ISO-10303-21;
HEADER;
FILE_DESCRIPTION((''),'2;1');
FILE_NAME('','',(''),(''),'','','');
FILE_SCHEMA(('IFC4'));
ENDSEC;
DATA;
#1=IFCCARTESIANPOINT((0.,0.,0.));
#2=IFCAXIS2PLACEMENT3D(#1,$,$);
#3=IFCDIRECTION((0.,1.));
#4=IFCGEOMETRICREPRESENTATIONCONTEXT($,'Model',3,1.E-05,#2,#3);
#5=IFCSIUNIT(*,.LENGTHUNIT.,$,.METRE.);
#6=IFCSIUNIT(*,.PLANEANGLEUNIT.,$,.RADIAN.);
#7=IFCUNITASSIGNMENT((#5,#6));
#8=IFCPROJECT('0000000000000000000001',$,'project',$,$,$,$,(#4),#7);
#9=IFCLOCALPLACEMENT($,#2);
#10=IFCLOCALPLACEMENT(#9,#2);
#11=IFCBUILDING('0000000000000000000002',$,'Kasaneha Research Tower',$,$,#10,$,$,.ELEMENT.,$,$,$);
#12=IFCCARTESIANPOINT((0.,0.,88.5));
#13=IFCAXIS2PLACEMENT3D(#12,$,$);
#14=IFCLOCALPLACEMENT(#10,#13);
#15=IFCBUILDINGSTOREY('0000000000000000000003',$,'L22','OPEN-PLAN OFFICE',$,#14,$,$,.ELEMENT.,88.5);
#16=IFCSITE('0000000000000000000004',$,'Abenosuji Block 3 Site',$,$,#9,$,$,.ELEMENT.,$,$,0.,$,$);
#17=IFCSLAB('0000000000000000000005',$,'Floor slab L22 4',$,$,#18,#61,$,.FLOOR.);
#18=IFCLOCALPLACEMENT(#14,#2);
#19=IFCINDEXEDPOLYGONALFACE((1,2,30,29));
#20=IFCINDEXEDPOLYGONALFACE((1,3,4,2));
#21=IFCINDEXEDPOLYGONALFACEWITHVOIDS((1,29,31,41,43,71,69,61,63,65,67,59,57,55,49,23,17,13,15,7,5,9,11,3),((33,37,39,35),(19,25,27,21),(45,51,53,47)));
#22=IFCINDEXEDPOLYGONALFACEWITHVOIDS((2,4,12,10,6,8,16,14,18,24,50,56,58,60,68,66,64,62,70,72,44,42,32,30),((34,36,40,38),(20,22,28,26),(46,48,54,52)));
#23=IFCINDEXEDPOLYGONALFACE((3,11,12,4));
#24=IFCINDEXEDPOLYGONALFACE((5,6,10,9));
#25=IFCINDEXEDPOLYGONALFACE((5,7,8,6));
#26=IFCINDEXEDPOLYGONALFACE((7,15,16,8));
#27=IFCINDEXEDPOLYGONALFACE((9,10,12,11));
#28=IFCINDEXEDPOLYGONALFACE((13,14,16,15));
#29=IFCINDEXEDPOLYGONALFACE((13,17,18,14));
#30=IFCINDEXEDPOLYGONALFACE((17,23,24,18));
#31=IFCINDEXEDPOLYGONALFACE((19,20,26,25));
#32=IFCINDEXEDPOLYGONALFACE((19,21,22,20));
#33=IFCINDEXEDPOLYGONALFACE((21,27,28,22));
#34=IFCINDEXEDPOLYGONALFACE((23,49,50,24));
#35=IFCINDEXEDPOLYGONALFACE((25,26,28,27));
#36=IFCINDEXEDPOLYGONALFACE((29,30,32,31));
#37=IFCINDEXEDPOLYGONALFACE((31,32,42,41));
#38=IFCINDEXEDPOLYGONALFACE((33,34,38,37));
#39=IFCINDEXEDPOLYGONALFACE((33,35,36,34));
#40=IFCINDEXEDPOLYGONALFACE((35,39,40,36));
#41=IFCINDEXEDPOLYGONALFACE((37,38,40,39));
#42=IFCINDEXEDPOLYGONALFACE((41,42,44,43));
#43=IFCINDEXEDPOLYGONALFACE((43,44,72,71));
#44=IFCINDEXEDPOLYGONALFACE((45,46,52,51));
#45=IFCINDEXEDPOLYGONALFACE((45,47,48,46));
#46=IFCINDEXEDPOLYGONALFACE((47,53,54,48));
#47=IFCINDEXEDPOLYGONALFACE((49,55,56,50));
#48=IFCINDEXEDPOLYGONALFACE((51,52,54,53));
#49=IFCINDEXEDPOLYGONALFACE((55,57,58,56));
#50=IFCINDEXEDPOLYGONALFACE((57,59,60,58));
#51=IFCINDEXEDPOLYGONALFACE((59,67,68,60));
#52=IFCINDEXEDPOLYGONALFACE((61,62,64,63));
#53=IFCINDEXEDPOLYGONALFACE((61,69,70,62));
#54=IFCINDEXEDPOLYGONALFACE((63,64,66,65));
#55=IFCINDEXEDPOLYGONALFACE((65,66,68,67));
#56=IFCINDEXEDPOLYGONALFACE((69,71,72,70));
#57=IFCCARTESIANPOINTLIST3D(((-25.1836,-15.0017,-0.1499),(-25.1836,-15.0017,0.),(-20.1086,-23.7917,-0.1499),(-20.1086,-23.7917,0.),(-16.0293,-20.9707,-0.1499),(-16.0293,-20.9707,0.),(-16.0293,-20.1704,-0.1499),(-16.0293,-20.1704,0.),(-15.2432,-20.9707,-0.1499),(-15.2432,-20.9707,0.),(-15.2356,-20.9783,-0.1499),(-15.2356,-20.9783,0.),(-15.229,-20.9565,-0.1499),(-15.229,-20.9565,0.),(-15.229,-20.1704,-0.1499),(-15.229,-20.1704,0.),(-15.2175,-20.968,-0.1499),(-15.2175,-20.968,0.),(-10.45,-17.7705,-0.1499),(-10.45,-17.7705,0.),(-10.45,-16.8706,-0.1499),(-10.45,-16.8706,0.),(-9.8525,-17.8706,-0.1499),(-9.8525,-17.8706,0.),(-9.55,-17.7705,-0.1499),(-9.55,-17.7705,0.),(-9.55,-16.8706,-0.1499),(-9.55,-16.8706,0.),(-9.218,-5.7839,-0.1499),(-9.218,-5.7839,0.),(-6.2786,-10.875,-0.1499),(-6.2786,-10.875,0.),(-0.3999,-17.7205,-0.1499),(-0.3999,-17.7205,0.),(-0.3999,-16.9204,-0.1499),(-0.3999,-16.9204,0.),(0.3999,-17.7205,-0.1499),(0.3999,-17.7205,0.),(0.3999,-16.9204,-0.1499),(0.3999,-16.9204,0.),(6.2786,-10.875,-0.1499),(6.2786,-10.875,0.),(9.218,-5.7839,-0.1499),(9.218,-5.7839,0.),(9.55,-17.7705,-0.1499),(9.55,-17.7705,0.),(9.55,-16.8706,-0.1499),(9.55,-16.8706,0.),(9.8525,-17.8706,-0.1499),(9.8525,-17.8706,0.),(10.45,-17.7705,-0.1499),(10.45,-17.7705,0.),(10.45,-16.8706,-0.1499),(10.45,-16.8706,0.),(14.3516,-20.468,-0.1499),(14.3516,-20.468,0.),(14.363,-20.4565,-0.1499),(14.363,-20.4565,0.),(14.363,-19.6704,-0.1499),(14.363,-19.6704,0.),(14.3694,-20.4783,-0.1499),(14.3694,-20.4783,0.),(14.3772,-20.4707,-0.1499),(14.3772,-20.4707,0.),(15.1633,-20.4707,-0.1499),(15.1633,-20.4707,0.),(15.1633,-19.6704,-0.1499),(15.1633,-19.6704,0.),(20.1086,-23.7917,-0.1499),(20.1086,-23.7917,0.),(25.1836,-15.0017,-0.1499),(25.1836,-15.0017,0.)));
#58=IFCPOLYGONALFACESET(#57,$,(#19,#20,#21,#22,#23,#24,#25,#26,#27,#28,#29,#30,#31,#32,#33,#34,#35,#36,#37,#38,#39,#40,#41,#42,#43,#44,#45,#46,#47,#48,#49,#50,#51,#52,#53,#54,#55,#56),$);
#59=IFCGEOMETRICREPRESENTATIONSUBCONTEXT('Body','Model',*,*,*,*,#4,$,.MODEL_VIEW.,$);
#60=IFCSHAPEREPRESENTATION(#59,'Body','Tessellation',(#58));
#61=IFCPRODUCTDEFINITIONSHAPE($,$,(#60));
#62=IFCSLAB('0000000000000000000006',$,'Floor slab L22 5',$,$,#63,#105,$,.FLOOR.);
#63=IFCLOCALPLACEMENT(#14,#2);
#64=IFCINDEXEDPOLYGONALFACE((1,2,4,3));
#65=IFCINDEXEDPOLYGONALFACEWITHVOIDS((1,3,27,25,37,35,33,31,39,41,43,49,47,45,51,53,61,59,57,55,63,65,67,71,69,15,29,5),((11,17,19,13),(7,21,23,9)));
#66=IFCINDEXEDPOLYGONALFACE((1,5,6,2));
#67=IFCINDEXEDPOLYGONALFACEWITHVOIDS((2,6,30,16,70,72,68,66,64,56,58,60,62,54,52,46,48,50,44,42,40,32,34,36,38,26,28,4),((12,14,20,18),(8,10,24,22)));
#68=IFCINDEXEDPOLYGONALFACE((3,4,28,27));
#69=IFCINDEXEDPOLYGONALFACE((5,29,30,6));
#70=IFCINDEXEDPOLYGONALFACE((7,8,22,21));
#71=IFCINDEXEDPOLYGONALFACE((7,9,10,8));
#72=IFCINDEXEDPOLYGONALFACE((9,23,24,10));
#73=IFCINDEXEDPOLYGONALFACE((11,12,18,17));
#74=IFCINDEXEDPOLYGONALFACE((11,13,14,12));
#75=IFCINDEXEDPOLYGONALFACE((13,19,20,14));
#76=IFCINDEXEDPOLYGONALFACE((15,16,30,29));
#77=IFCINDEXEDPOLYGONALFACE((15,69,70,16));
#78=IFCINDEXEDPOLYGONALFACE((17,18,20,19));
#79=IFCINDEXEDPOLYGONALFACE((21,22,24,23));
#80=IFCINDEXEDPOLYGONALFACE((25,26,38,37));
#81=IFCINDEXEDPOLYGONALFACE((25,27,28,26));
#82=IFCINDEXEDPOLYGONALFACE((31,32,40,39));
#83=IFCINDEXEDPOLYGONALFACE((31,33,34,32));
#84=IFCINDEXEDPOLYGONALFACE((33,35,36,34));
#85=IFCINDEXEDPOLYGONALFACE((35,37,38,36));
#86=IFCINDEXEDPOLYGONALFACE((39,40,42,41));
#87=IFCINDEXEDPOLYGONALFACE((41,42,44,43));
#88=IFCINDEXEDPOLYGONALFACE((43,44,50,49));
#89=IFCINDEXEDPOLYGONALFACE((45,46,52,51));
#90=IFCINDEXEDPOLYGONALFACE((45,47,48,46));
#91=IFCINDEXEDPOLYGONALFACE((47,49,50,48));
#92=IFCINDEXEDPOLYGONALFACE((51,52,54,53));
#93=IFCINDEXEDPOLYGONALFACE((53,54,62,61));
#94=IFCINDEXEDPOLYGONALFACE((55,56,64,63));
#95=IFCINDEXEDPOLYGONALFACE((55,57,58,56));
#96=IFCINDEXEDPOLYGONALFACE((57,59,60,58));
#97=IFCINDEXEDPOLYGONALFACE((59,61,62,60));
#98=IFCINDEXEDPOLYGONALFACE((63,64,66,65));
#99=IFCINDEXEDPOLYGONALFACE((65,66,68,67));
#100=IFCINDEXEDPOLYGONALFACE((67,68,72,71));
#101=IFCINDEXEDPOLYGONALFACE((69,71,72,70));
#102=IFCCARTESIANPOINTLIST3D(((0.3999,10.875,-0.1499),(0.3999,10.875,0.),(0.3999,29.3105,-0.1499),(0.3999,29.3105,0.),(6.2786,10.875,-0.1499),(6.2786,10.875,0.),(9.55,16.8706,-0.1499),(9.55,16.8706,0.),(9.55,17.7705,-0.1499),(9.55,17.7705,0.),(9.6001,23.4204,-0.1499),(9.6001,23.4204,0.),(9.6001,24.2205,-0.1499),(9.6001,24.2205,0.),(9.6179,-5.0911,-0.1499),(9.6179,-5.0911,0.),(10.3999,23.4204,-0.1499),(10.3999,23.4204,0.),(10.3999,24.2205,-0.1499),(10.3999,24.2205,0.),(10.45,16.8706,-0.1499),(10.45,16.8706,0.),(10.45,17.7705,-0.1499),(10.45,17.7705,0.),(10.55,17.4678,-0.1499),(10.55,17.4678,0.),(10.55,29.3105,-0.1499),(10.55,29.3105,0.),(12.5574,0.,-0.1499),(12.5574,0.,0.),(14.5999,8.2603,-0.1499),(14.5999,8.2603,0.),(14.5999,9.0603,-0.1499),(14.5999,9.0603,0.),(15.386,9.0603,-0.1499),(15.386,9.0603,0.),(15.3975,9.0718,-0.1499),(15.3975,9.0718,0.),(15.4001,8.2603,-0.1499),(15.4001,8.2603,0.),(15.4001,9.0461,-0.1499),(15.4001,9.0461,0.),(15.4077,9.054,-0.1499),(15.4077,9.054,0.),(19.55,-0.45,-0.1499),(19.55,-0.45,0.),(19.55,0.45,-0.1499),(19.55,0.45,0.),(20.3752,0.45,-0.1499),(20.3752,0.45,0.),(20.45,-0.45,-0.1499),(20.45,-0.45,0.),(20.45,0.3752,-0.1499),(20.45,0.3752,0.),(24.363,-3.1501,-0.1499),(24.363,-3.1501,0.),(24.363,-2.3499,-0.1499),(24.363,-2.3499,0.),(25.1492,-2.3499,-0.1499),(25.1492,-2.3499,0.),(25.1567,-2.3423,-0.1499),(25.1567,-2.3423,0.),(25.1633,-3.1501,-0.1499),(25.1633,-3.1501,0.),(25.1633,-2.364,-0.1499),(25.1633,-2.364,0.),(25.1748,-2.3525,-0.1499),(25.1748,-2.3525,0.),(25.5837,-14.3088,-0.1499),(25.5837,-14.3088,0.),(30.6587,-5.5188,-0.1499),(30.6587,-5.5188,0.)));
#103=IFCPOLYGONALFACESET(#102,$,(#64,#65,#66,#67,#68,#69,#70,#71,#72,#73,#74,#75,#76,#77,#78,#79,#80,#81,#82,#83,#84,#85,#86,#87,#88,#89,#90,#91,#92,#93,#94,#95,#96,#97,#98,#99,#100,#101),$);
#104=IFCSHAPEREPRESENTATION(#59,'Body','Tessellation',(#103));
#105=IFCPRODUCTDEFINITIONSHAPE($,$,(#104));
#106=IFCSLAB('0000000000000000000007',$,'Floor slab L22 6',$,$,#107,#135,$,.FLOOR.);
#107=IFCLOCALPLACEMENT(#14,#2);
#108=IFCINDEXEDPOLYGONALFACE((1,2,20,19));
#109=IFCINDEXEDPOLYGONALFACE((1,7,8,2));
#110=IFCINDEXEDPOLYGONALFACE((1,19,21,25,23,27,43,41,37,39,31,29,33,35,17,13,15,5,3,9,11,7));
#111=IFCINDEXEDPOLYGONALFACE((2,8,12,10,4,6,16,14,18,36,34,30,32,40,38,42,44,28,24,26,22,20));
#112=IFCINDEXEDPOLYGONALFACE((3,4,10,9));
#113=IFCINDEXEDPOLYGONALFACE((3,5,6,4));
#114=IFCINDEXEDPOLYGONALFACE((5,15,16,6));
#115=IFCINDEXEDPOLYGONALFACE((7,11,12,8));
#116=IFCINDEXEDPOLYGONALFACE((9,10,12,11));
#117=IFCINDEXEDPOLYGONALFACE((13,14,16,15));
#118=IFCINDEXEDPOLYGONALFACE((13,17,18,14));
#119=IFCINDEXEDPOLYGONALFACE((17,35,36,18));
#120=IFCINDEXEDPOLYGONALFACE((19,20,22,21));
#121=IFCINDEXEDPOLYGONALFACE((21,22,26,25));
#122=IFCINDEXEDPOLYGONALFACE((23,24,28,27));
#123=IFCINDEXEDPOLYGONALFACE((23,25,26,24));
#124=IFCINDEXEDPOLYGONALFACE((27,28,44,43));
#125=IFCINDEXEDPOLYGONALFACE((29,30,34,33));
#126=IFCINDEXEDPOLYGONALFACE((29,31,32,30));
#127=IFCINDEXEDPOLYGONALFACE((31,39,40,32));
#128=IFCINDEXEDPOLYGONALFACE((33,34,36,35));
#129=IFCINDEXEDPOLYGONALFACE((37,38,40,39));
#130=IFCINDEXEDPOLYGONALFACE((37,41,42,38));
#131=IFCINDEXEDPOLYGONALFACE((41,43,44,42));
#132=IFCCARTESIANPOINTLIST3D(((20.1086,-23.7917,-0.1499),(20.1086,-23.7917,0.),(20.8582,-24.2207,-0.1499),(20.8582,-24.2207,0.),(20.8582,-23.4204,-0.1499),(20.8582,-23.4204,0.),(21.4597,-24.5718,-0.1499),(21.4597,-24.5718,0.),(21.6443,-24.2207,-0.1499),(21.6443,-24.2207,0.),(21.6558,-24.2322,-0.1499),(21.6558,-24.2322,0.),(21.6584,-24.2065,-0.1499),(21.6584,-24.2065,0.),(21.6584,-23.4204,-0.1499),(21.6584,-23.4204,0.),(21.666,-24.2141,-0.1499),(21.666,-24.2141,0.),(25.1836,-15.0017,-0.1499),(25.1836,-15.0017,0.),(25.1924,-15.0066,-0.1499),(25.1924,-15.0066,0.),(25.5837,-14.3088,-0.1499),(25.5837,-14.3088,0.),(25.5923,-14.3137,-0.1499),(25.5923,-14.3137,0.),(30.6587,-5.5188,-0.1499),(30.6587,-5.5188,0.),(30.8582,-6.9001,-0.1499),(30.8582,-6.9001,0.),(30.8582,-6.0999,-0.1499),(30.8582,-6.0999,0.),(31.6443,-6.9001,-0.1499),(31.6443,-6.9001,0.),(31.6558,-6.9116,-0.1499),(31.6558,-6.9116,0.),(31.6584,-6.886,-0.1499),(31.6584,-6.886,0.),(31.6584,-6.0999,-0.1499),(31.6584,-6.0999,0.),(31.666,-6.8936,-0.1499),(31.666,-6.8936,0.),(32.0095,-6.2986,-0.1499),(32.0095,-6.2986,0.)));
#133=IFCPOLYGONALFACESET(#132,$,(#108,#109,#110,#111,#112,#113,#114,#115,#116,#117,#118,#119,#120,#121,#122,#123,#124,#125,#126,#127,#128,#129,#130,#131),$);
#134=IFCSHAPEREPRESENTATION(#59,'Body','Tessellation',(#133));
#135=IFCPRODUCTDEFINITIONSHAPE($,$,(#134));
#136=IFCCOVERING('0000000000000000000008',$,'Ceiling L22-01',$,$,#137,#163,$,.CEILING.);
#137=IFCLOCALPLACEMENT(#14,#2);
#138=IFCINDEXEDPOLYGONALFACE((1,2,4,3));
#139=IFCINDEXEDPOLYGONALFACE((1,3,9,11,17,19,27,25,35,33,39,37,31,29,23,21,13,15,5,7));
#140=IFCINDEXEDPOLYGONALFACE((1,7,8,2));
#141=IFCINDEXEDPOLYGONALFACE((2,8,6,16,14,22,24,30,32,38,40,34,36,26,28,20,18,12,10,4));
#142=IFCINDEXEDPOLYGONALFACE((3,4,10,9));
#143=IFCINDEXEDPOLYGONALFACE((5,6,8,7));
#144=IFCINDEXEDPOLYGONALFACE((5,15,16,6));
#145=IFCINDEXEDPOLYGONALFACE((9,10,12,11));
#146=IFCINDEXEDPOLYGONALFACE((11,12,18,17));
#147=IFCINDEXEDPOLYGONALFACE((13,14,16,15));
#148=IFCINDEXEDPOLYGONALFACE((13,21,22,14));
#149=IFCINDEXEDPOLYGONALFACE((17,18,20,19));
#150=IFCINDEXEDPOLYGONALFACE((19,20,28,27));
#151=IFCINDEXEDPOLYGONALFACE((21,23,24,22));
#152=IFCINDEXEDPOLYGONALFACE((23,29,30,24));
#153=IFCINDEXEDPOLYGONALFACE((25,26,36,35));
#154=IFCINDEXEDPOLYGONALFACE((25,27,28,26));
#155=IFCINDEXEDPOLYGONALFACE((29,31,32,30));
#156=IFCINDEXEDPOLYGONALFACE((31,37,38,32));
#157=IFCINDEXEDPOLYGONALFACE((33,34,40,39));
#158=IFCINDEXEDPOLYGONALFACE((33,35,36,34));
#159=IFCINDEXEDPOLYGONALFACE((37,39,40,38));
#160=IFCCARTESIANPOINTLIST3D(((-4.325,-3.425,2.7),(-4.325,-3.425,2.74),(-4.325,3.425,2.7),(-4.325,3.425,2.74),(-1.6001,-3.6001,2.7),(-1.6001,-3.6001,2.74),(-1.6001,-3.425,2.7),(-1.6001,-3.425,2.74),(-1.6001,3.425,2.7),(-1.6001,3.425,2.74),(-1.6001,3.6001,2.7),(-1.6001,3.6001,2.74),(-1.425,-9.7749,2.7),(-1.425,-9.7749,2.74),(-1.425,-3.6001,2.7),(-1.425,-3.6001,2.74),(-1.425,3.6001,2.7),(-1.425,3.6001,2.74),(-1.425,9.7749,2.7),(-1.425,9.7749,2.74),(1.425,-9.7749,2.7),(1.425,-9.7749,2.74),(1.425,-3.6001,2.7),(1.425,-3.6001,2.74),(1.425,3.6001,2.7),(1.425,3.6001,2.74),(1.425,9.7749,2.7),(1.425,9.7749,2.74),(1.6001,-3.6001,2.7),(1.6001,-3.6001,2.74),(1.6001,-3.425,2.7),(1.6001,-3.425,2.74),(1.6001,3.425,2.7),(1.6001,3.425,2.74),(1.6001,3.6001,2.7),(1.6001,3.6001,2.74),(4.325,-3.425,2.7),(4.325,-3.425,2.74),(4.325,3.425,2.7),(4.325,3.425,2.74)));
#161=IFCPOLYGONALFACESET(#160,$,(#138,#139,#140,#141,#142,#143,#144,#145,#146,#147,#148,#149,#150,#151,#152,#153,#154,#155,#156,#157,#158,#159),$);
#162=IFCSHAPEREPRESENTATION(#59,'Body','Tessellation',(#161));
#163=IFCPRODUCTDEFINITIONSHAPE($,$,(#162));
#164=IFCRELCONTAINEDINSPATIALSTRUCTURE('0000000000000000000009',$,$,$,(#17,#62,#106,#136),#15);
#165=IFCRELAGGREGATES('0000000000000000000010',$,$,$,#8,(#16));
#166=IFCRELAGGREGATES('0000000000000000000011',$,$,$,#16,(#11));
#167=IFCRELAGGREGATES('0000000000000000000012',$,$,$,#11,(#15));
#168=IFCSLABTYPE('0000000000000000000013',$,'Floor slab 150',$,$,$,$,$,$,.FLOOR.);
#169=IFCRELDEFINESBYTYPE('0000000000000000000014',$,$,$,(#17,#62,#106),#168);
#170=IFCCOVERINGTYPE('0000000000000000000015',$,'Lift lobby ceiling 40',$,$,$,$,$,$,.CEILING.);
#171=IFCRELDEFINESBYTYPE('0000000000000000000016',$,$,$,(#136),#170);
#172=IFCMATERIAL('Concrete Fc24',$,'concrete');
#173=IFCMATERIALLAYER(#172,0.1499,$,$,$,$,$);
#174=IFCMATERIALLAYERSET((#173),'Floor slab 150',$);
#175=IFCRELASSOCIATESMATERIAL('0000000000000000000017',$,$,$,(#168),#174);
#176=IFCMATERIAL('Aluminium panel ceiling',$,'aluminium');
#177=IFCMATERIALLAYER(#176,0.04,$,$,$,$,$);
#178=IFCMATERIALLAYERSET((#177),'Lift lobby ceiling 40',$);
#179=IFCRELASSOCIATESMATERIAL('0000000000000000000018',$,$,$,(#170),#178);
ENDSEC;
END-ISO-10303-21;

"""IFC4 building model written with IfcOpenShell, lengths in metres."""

from ifc_helpers import new_model, si_unit, direction, frame, origin, place, context, subcontext, project, spatial, polyline, outline, extrude, material, layer, layer_set, type_object, element, save


model = new_model("IFC4")

# Units and contexts
model_context = context("Model", 3, precision=1e-05, world=origin(), true_north=direction((0.0, 1.0)))
body_context = subcontext(model_context, "Body", "Model", "MODEL_VIEW")
ifc_project = project(units=[si_unit("LENGTHUNIT", "METRE"), si_unit("PLANEANGLEUNIT", "RADIAN")], contexts=[model_context])

# Site, building, storey
site_placement = place(None, origin())
site = spatial("IfcSite", under=ifc_project, at=site_placement, Name="Abenosuji Block 3 Site", CompositionType="ELEMENT", RefElevation=0.0)
building_placement = place(site_placement, origin())
building = spatial("IfcBuilding", under=site, at=building_placement, Name="Kasaneha Research Tower", CompositionType="ELEMENT")
storey_placement = place(building_placement, frame((0.0, 0.0, 88.5)))
storey = spatial("IfcBuildingStorey", under=building, at=storey_placement, Name="L22", Description="OPEN-PLAN OFFICE", CompositionType="ELEMENT", Elevation=88.5)

# Slabs
ifc_material_1 = material(Name="Concrete Fc24", Category="concrete")
ifc_layer_1 = layer(ifc_material_1, 0.1499)
ifc_layer_set_1 = layer_set([ifc_layer_1], Name="Floor slab 150")
slab_type_1 = type_object("IfcSlabType", Name="Floor slab 150", PredefinedType="FLOOR", material=ifc_layer_set_1)
slab_1_placement = place(storey_placement, frame((0.0, 0.0, -0.1499)))
element("IfcSlab", 1, at=slab_1_placement, inside=storey, type_object=slab_type_1, Name="Floor slab L22 4", PredefinedType="FLOOR", context=body_context, shape_type="SweptSolid", body=[
    extrude(outline(polyline([(-6.2786, -10.875), (6.2786, -10.875), (9.218, -5.7839), (25.1836, -15.0017), (20.1086, -23.7917), (14.3694, -20.4783), (14.3772, -20.4707), (15.1633, -20.4707), (15.1633, -19.6704), (14.363, -19.6704), (14.363, -20.4565), (14.3516, -20.468), (9.8525, -17.8706), (-9.8525, -17.8706), (-15.2175, -20.968), (-15.229, -20.9565), (-15.229, -20.1704), (-16.0293, -20.1704), (-16.0293, -20.9707), (-15.2432, -20.9707), (-15.2356, -20.9783), (-20.1086, -23.7917), (-25.1836, -15.0017), (-9.218, -5.7839), (-6.2786, -10.875)]), holes=[polyline([(0.3999, -17.7205), (0.3999, -16.9204), (-0.3999, -16.9204), (-0.3999, -17.7205), (0.3999, -17.7205)]), polyline([(-9.55, -16.8706), (-10.45, -16.8706), (-10.45, -17.7705), (-9.55, -17.7705), (-9.55, -16.8706)]), polyline([(10.45, -16.8706), (9.55, -16.8706), (9.55, -17.7705), (10.45, -17.7705), (10.45, -16.8706)])]), origin(), (0.0, 0.0, 1.0), 0.1499),
])
slab_2_placement = place(storey_placement, frame((0.0, 0.0, -0.1499)))
element("IfcSlab", 2, at=slab_2_placement, inside=storey, type_object=slab_type_1, Name="Floor slab L22 5", PredefinedType="FLOOR", context=body_context, shape_type="SweptSolid", body=[
    extrude(outline(polyline([(9.6179, -5.0911), (12.5574, 0.0), (6.2786, 10.875), (0.3999, 10.875), (0.3999, 29.3105), (10.55, 29.3105), (10.55, 17.4678), (15.3975, 9.0718), (15.386, 9.0603), (14.5999, 9.0603), (14.5999, 8.2603), (15.4001, 8.2603), (15.4001, 9.0461), (15.4077, 9.054), (20.3752, 0.45), (19.55, 0.45), (19.55, -0.45), (20.45, -0.45), (20.45, 0.3752), (25.1567, -2.3423), (25.1492, -2.3499), (24.363, -2.3499), (24.363, -3.1501), (25.1633, -3.1501), (25.1633, -2.364), (25.1748, -2.3525), (30.6587, -5.5188), (25.5837, -14.3088), (9.6179, -5.0911)]), holes=[polyline([(10.45, 16.8706), (10.45, 17.7705), (9.55, 17.7705), (9.55, 16.8706), (10.45, 16.8706)]), polyline([(10.3999, 23.4204), (10.3999, 24.2205), (9.6001, 24.2205), (9.6001, 23.4204), (10.3999, 23.4204)])]), origin(), (0.0, 0.0, 1.0), 0.1499),
])
slab_3_placement = place(storey_placement, frame((0.0, 0.0, -0.1499)))
element("IfcSlab", 3, at=slab_3_placement, inside=storey, type_object=slab_type_1, Name="Floor slab L22 6", PredefinedType="FLOOR", context=body_context, shape_type="SweptSolid", body=[
    extrude(outline(polyline([(25.1924, -15.0066), (25.5923, -14.3137), (25.5837, -14.3088), (30.6587, -5.5188), (32.0095, -6.2986), (31.666, -6.8936), (31.6584, -6.886), (31.6584, -6.0999), (30.8582, -6.0999), (30.8582, -6.9001), (31.6443, -6.9001), (31.6558, -6.9116), (21.666, -24.2141), (21.6584, -24.2065), (21.6584, -23.4204), (20.8582, -23.4204), (20.8582, -24.2207), (21.6443, -24.2207), (21.6558, -24.2322), (21.4597, -24.5718), (20.1086, -23.7917), (25.1836, -15.0017), (25.1924, -15.0066)])), origin(), (0.0, 0.0, 1.0), 0.1499),
])

# Covering
ifc_material_2 = material(Name="Aluminium panel ceiling", Category="aluminium")
ifc_layer_2 = layer(ifc_material_2, 0.04)
ifc_layer_set_2 = layer_set([ifc_layer_2], Name="Lift lobby ceiling 40")
covering_type_1 = type_object("IfcCoveringType", Name="Lift lobby ceiling 40", PredefinedType="CEILING", material=ifc_layer_set_2)
covering_1_placement = place(storey_placement, frame((0.0, 0.0, 2.7)))
element("IfcCovering", 4, at=covering_1_placement, inside=storey, type_object=covering_type_1, Name="Ceiling L22-01", PredefinedType="CEILING", context=body_context, shape_type="SweptSolid", body=[
    extrude(outline(polyline([(1.425, 9.7749), (1.425, 3.6001), (1.6001, 3.6001), (1.6001, 3.425), (4.325, 3.425), (4.325, -3.425), (1.6001, -3.425), (1.6001, -3.6001), (1.425, -3.6001), (1.425, -9.7749), (-1.425, -9.7749), (-1.425, -3.6001), (-1.6001, -3.6001), (-1.6001, -3.425), (-4.325, -3.425), (-4.325, 3.425), (-1.6001, 3.425), (-1.6001, 3.6001), (-1.425, 3.6001), (-1.425, 9.7749), (1.425, 9.7749)])), origin(), (0.0, 0.0, 1.0), 0.04),
])

save(model, "model.ifc")
